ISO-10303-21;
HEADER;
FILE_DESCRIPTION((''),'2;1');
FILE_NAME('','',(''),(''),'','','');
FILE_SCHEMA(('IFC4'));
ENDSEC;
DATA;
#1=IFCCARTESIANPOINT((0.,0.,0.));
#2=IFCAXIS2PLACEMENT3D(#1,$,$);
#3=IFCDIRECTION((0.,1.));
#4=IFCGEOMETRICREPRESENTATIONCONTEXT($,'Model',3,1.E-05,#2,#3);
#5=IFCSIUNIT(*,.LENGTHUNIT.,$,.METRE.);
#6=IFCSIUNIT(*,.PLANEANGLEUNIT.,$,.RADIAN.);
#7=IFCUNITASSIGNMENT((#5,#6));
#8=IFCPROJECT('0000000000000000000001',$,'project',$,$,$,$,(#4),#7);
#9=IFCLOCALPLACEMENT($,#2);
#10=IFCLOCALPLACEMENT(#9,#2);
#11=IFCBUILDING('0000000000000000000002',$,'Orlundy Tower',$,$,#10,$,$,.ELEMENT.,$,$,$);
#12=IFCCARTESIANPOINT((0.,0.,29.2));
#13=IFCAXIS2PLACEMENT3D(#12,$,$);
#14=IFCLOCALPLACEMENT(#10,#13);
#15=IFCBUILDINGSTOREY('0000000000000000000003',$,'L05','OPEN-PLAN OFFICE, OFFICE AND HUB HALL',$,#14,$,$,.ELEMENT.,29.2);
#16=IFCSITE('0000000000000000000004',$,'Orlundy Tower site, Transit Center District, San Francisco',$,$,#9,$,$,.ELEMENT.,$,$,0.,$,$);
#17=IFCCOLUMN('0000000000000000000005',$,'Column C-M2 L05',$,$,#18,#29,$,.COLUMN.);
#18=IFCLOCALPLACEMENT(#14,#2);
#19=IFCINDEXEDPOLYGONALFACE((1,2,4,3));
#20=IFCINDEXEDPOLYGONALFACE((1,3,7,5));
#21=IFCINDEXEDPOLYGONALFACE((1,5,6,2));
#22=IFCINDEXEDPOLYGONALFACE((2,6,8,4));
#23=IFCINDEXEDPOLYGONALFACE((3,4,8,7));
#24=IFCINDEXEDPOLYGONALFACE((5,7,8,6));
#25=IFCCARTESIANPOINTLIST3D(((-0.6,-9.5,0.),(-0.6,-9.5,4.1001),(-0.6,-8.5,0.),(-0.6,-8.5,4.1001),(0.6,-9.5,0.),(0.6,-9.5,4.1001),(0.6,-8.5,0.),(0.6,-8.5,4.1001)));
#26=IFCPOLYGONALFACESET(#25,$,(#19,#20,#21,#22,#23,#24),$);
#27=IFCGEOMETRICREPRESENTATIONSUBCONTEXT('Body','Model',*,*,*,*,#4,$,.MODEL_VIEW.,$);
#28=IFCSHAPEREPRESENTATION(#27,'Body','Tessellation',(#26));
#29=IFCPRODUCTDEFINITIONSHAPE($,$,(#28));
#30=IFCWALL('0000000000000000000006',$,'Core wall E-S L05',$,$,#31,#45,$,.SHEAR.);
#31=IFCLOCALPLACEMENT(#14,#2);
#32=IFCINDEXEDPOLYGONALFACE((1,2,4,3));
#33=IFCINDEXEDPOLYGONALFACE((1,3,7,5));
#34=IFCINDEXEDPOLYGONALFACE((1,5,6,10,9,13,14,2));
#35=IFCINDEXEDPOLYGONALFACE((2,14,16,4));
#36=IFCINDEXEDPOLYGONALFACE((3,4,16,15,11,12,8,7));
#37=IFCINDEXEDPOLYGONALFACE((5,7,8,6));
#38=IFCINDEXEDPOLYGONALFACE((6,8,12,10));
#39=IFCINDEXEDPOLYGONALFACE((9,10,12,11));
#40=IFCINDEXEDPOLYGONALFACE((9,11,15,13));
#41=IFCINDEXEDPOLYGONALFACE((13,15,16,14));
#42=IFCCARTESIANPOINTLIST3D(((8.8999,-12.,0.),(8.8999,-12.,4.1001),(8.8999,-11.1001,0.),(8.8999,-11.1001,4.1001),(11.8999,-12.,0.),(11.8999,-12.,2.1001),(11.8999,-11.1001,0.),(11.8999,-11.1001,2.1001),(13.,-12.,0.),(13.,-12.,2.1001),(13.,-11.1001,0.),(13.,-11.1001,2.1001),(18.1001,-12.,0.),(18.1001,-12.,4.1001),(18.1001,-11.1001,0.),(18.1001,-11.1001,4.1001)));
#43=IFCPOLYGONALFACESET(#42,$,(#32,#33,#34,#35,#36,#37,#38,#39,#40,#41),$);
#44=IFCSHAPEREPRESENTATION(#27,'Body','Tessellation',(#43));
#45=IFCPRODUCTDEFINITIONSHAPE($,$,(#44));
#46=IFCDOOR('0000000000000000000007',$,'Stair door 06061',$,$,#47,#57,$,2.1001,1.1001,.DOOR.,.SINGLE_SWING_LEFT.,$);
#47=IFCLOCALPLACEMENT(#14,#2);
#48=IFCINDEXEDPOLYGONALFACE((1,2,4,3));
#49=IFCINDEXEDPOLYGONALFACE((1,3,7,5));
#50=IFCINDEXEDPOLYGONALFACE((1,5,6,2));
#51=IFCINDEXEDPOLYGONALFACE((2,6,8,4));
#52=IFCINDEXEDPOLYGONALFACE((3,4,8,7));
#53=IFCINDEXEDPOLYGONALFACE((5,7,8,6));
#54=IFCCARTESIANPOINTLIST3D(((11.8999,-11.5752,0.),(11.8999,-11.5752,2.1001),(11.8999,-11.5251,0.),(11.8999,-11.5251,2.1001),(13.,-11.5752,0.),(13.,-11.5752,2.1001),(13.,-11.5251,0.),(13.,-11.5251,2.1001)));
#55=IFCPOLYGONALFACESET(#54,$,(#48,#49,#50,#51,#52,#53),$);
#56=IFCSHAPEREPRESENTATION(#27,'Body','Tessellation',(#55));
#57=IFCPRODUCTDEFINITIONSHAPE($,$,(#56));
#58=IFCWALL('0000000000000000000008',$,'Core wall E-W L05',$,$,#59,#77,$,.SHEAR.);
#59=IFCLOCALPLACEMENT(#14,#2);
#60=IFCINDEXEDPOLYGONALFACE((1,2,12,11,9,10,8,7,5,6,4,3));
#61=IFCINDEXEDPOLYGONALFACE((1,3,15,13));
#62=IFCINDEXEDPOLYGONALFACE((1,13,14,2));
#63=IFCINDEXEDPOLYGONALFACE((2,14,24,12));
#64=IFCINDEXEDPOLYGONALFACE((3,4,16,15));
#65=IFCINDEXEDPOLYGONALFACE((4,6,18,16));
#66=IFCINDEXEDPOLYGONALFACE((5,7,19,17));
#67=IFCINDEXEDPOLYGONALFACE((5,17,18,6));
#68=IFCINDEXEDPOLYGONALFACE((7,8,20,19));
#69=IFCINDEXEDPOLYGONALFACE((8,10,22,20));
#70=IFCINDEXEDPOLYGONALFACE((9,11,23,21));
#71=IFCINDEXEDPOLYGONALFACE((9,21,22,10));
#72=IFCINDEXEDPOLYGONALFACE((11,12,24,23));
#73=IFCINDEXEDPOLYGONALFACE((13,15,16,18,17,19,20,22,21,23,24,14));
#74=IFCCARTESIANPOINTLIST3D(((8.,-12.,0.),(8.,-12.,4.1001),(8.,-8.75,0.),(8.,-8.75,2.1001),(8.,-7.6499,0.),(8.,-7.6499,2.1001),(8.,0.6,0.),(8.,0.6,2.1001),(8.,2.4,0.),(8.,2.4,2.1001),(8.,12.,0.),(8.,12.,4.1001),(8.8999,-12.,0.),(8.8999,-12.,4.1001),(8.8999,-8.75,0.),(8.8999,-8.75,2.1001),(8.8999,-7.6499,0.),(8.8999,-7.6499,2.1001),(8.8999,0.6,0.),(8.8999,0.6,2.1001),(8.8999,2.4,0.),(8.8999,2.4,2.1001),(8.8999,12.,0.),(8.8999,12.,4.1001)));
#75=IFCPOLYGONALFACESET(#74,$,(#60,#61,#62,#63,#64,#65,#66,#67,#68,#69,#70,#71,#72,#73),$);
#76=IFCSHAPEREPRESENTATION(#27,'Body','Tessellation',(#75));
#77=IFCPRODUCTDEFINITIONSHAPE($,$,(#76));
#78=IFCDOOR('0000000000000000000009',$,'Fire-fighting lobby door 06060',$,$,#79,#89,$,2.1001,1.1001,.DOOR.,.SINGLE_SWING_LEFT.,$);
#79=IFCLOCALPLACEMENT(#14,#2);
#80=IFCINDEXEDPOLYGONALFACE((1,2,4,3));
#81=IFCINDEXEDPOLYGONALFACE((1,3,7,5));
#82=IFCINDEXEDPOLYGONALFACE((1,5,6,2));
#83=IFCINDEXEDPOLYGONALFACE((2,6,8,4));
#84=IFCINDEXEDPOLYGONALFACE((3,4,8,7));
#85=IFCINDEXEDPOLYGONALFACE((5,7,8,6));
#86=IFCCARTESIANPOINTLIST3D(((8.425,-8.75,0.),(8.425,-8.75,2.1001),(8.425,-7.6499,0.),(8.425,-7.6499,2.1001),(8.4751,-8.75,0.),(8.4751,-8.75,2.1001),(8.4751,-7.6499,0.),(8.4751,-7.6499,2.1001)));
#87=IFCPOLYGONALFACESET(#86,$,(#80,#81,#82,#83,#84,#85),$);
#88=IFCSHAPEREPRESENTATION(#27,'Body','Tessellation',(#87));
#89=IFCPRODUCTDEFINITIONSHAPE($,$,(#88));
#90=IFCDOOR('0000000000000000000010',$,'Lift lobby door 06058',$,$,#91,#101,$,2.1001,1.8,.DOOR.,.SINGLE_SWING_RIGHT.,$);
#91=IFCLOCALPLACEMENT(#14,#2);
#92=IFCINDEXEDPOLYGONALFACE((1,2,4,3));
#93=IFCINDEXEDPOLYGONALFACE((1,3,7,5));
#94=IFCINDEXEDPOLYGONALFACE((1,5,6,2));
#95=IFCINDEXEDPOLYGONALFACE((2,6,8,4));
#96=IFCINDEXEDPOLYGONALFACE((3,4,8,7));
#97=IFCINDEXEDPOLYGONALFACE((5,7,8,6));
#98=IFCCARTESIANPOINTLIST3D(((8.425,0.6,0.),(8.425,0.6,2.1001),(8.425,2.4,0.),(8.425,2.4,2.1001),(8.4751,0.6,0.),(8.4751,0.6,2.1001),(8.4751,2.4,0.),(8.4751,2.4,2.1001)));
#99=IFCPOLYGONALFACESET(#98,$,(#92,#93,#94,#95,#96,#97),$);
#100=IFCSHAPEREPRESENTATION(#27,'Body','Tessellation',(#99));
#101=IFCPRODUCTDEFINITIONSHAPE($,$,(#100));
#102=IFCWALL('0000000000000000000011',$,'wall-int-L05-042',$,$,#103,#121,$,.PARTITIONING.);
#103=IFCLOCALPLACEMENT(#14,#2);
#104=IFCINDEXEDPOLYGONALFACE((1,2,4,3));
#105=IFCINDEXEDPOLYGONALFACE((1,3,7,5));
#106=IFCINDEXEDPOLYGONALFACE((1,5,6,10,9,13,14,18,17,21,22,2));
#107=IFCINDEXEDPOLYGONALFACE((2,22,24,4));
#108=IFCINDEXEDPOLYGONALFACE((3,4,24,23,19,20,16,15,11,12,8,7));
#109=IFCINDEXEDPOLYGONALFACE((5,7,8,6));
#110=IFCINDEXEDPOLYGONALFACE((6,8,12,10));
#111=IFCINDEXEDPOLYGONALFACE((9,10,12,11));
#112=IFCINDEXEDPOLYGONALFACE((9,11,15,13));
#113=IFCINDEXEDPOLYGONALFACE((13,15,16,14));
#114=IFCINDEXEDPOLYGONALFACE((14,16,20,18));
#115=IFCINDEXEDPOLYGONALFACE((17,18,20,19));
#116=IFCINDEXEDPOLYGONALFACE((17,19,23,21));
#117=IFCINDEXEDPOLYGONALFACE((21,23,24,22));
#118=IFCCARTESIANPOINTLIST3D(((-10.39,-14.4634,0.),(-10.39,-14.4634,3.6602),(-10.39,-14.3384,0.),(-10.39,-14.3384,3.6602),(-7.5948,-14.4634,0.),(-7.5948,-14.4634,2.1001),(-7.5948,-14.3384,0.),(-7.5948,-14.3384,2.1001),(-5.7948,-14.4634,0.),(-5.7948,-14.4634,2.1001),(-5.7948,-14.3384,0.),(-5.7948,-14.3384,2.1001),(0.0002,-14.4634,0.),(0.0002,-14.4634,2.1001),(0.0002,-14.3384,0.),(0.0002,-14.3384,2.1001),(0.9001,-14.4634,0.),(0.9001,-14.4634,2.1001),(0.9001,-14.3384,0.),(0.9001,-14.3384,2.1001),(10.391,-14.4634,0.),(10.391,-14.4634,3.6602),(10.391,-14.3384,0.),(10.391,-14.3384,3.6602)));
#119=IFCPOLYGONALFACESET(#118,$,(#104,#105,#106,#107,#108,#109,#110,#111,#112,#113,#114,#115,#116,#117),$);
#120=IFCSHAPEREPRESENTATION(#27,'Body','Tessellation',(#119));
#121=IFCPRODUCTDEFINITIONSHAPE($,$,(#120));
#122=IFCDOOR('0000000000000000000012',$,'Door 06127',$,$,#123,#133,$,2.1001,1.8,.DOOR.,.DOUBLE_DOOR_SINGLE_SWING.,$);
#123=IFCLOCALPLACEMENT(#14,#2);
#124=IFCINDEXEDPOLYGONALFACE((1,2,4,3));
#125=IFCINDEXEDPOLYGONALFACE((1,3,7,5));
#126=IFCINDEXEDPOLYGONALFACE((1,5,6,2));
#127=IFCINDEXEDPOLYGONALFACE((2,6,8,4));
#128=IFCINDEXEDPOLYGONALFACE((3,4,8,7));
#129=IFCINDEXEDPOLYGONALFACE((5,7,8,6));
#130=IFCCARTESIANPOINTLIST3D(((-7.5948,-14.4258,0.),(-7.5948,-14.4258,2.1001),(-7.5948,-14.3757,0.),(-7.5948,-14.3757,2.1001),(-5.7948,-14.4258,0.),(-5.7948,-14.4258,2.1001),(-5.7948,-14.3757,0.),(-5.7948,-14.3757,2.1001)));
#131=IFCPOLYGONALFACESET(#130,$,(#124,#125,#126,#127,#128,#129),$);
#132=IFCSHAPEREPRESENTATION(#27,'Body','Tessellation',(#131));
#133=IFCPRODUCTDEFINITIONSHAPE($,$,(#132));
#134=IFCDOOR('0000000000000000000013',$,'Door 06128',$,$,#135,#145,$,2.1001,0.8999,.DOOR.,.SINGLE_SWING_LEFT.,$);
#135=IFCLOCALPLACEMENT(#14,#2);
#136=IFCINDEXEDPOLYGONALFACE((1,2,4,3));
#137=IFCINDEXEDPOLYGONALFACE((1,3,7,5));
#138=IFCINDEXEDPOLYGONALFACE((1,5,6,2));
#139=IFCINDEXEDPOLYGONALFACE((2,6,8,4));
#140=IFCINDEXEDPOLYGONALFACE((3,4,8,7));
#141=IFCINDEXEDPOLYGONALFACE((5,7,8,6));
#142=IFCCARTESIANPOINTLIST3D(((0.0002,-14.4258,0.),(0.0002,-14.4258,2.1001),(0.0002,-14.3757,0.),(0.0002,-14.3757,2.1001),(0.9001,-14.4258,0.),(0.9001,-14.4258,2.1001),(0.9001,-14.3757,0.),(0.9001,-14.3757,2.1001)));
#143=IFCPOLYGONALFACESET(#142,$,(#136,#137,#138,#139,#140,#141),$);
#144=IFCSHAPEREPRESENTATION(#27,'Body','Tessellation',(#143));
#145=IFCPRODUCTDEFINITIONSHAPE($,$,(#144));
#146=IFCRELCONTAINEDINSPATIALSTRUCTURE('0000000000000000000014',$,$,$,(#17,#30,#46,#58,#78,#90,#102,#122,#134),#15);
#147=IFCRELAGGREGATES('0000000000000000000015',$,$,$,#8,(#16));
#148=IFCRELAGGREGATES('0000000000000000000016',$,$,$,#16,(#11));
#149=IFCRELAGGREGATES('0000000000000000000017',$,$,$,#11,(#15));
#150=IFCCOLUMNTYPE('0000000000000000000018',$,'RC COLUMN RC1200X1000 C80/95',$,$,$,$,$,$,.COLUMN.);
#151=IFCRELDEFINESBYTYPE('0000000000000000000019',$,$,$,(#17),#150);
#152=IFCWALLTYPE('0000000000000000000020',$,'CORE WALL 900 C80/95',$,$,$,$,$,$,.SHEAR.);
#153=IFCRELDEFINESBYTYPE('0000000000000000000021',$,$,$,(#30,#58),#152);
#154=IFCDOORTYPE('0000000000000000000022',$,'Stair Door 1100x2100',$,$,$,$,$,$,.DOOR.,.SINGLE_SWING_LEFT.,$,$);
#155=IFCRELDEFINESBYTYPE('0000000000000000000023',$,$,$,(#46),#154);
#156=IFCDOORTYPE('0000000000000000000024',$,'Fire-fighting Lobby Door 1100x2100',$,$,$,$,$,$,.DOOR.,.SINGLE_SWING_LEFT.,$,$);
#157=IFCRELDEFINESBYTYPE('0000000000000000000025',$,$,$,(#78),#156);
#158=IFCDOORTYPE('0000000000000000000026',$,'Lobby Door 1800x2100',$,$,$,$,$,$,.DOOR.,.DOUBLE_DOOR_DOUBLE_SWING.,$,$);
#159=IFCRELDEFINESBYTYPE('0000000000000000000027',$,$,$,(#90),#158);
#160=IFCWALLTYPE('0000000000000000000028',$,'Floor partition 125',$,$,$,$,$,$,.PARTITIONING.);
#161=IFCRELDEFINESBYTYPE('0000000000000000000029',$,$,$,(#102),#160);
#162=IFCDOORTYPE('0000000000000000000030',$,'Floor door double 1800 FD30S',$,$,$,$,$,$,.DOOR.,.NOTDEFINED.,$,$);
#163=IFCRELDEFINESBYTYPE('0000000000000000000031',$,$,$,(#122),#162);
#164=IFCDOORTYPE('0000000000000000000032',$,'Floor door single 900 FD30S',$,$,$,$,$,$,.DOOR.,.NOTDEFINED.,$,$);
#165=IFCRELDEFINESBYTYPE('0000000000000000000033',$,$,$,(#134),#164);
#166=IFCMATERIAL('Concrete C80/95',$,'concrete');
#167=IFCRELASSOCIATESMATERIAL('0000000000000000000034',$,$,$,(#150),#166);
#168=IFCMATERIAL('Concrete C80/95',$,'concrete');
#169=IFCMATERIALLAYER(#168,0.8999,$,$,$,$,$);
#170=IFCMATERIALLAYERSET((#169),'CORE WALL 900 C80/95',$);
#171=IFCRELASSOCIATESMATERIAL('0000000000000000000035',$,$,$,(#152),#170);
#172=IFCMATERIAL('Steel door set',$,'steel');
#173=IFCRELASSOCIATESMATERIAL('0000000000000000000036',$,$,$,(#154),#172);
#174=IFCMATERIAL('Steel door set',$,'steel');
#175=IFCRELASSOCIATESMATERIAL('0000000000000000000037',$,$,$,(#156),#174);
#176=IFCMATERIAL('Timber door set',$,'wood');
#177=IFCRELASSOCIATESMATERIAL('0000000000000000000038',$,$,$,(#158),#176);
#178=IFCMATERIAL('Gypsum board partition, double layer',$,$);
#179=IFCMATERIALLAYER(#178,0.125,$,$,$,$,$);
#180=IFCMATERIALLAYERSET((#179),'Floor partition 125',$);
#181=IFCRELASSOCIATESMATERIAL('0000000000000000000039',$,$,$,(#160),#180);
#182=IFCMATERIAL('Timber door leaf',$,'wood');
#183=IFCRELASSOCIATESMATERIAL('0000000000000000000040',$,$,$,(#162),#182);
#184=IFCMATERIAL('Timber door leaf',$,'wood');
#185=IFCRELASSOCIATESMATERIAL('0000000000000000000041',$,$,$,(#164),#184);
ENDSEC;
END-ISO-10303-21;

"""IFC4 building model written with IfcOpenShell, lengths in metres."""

from ifc_helpers import new_model, si_unit, direction, frame, frame_2d, origin, origin_2d, place, context, subcontext, project, spatial, rectangle, extrude, material, layer, layer_set, material_profile, profile_set, type_object, element, fill, save


model = new_model("IFC4")

# Units and contexts
model_context = context("Model", 3, precision=1e-05, world=origin(), true_north=direction((0.0, 1.0)))
body_context = subcontext(model_context, "Body", "Model", "MODEL_VIEW")
ifc_project = project(units=[si_unit("LENGTHUNIT", "METRE"), si_unit("PLANEANGLEUNIT", "RADIAN")], contexts=[model_context])

# Site, building, storey
site_placement = place(None, origin())
site = spatial("IfcSite", under=ifc_project, at=site_placement, Name="Orlundy Tower site, Transit Center District, San Francisco", CompositionType="ELEMENT", RefElevation=0.0)
building_placement = place(site_placement, origin())
building = spatial("IfcBuilding", under=site, at=building_placement, Name="Orlundy Tower", CompositionType="ELEMENT")
storey_placement = place(building_placement, frame((0.0, 0.0, 29.2)))
storey = spatial("IfcBuildingStorey", under=building, at=storey_placement, Name="L05", Description="OPEN-PLAN OFFICE, OFFICE AND HUB HALL", CompositionType="ELEMENT", Elevation=29.2)

# Column
ifc_material_1 = material(Name="Concrete C80/95", Category="concrete")
ifc_material_profile = material_profile(ifc_material_1, rectangle(XDim=1.2, YDim=1.0, at=origin_2d()), Name="RC1200X1000")
ifc_profile_set = profile_set([ifc_material_profile], Name="Concrete C80/95")
column_type = type_object("IfcColumnType", Name="RC COLUMN RC1200X1000 C80/95", PredefinedType="COLUMN", material=ifc_profile_set)
column_placement = place(storey_placement, frame((0.0, -9.0, 0.0), z_axis=(0.0, 0.0, 1.0), x_axis=(1.0, 0.0, 0.0)))
element("IfcColumn", 1, at=column_placement, inside=storey, type_object=column_type, Name="Column C-M2 L05", PredefinedType="COLUMN", context=body_context, shape_type="SweptSolid", body=[
    extrude(rectangle(XDim=1.2, YDim=1.0, at=origin_2d()), origin(), (0.0, 0.0, 1.0), 4.1001),
])

# Wall, opening, door
ifc_material_2 = material(Name="Concrete C80/95", Category="concrete")
ifc_layer_1 = layer(ifc_material_2, 0.8999)
ifc_layer_set_1 = layer_set([ifc_layer_1], Name="CORE WALL 900 C80/95")
wall_type_1 = type_object("IfcWallType", Name="CORE WALL 900 C80/95", PredefinedType="SHEAR", material=ifc_layer_set_1)
wall_1_placement = place(storey_placement, frame((8.8999, -11.55, 0.0), z_axis=(0.0, 0.0, 1.0), x_axis=(1.0, 0.0, 0.0)))
wall_1 = element("IfcWall", 2, at=wall_1_placement, inside=storey, type_object=wall_type_1, Name="Core wall E-S L05", PredefinedType="SHEAR", context=body_context, shape_type="SweptSolid", body=[
    extrude(rectangle(XDim=9.2002, YDim=0.8999, at=frame_2d((4.6001, 0.0))), origin(), (0.0, 0.0, 1.0), 4.1001),
])
opening_1_placement = place(wall_1_placement, frame((3.0, 0.0, 0.0)))
opening_1 = element("IfcOpeningElement", 3, at=opening_1_placement, cuts=wall_1, PredefinedType="OPENING", context=body_context, shape_type="SweptSolid", body=[
    extrude(rectangle(XDim=1.1001, YDim=2.1001, at=frame_2d((0.55, 1.05))), frame((0.0, 0.46, 0.0), z_axis=(0.0, -1.0, 0.0), x_axis=(1.0, 0.0, 0.0)), (0.0, 0.0, 1.0), 0.9199),
])
ifc_material_3 = material(Name="Steel door set", Category="steel")
door_type_1 = type_object("IfcDoorType", Name="Stair Door 1100x2100", OperationType="SINGLE_SWING_LEFT", PredefinedType="DOOR", material=ifc_material_3)
door_1_placement = place(opening_1_placement, origin())
door_1 = element("IfcDoor", 4, at=door_1_placement, inside=storey, type_object=door_type_1, Name="Stair door 06061", OperationType="SINGLE_SWING_LEFT", OverallHeight=2.1001, OverallWidth=1.1001, PredefinedType="DOOR", context=body_context, shape_type="SweptSolid", body=[
    extrude(rectangle(XDim=1.1001, YDim=2.1001, at=frame_2d((0.55, 1.05))), frame((0.0, 0.0249, 0.0), z_axis=(0.0, -1.0, 0.0), x_axis=(1.0, 0.0, 0.0)), (0.0, 0.0, 1.0), 0.05),
])
fill(opening_1, door_1)

# Walls, openings, doors
wall_2_placement = place(storey_placement, frame((8.45, -12.0, 0.0), z_axis=(0.0, 0.0, 1.0), x_axis=(0.0, 1.0, 0.0)))
wall_2 = element("IfcWall", 5, at=wall_2_placement, inside=storey, type_object=wall_type_1, Name="Core wall E-W L05", PredefinedType="SHEAR", context=body_context, shape_type="SweptSolid", body=[
    extrude(rectangle(XDim=24.0, YDim=0.8999, at=frame_2d((12.0, 0.0))), origin(), (0.0, 0.0, 1.0), 4.1001),
])
opening_2_placement = place(wall_2_placement, frame((12.6001, 0.0, 0.0)))
opening_2 = element("IfcOpeningElement", 6, at=opening_2_placement, cuts=wall_2, PredefinedType="OPENING", context=body_context, shape_type="SweptSolid", body=[
    extrude(rectangle(XDim=1.8, YDim=2.1001, at=frame_2d((0.8999, 1.05))), frame((0.0, 0.46, 0.0), z_axis=(0.0, -1.0, 0.0), x_axis=(1.0, 0.0, 0.0)), (0.0, 0.0, 1.0), 0.9199),
])
opening_3_placement = place(wall_2_placement, frame((3.25, 0.0, 0.0)))
opening_3 = element("IfcOpeningElement", 7, at=opening_3_placement, cuts=wall_2, PredefinedType="OPENING", context=body_context, shape_type="SweptSolid", body=[
    extrude(rectangle(XDim=1.1001, YDim=2.1001, at=frame_2d((0.55, 1.05))), frame((0.0, 0.46, 0.0), z_axis=(0.0, -1.0, 0.0), x_axis=(1.0, 0.0, 0.0)), (0.0, 0.0, 1.0), 0.9199),
])
ifc_material_4 = material(Name="Steel door set", Category="steel")
door_type_2 = type_object("IfcDoorType", Name="Fire-fighting Lobby Door 1100x2100", OperationType="SINGLE_SWING_LEFT", PredefinedType="DOOR", material=ifc_material_4)
door_2_placement = place(opening_3_placement, origin())
door_2 = element("IfcDoor", 8, at=door_2_placement, inside=storey, type_object=door_type_2, Name="Fire-fighting lobby door 06060", OperationType="SINGLE_SWING_LEFT", OverallHeight=2.1001, OverallWidth=1.1001, PredefinedType="DOOR", context=body_context, shape_type="SweptSolid", body=[
    extrude(rectangle(XDim=1.1001, YDim=2.1001, at=frame_2d((0.55, 1.05))), frame((0.0, 0.0249, 0.0), z_axis=(0.0, -1.0, 0.0), x_axis=(1.0, 0.0, 0.0)), (0.0, 0.0, 1.0), 0.05),
])
fill(opening_3, door_2)
ifc_material_5 = material(Name="Timber door set", Category="wood")
door_type_3 = type_object("IfcDoorType", Name="Lobby Door 1800x2100", OperationType="DOUBLE_DOOR_DOUBLE_SWING", PredefinedType="DOOR", material=ifc_material_5)
door_3_placement = place(opening_2_placement, origin())
door_3 = element("IfcDoor", 9, at=door_3_placement, inside=storey, type_object=door_type_3, Name="Lift lobby door 06058", OperationType="SINGLE_SWING_RIGHT", OverallHeight=2.1001, OverallWidth=1.8, PredefinedType="DOOR", context=body_context, shape_type="SweptSolid", body=[
    extrude(rectangle(XDim=1.8, YDim=2.1001, at=frame_2d((0.8999, 1.05))), frame((0.0, 0.0249, 0.0), z_axis=(0.0, -1.0, 0.0), x_axis=(1.0, 0.0, 0.0)), (0.0, 0.0, 1.0), 0.05),
])
fill(opening_2, door_3)
ifc_material_6 = material(Name="Gypsum board partition, double layer")
ifc_layer_2 = layer(ifc_material_6, 0.125)
ifc_layer_set_2 = layer_set([ifc_layer_2], Name="Floor partition 125")
wall_type_2 = type_object("IfcWallType", Name="Floor partition 125", PredefinedType="PARTITIONING", material=ifc_layer_set_2)
wall_3_placement = place(storey_placement, frame((10.3911, -14.4009, 0.0), z_axis=(0.0, 0.0, 1.0), x_axis=(-1.0, 0.0, 0.0)))
wall_3 = element("IfcWall", 10, at=wall_3_placement, inside=storey, type_object=wall_type_2, Name="wall-int-L05-042", PredefinedType="PARTITIONING", context=body_context, shape_type="SweptSolid", body=[
    extrude(rectangle(XDim=20.781, YDim=0.125, at=frame_2d((10.3906, 0.0))), origin(), (0.0, 0.0, 1.0), 3.6602),
])
opening_4_placement = place(wall_3_placement, frame((16.186, 0.0, 0.0)))
opening_4 = element("IfcOpeningElement", 11, at=opening_4_placement, cuts=wall_3, PredefinedType="OPENING", context=body_context, shape_type="SweptSolid", body=[
    extrude(rectangle(XDim=1.8, YDim=2.1001, at=frame_2d((0.8999, 1.05))), frame((0.0, 0.0725, 0.0), z_axis=(0.0, -1.0, 0.0), x_axis=(1.0, 0.0, 0.0)), (0.0, 0.0, 1.0), 0.145),
])
opening_5_placement = place(wall_3_placement, frame((9.491, 0.0, 0.0)))
opening_5 = element("IfcOpeningElement", 12, at=opening_5_placement, cuts=wall_3, PredefinedType="OPENING", context=body_context, shape_type="SweptSolid", body=[
    extrude(rectangle(XDim=0.8999, YDim=2.1001, at=frame_2d((0.45, 1.05))), frame((0.0, 0.0725, 0.0), z_axis=(0.0, -1.0, 0.0), x_axis=(1.0, 0.0, 0.0)), (0.0, 0.0, 1.0), 0.145),
])
ifc_material_7 = material(Name="Timber door leaf", Category="wood")
door_type_4 = type_object("IfcDoorType", Name="Floor door double 1800 FD30S", OperationType="NOTDEFINED", PredefinedType="DOOR", material=ifc_material_7)
door_4_placement = place(opening_4_placement, origin())
door_4 = element("IfcDoor", 13, at=door_4_placement, inside=storey, type_object=door_type_4, Name="Door 06127", OperationType="DOUBLE_DOOR_SINGLE_SWING", OverallHeight=2.1001, OverallWidth=1.8, PredefinedType="DOOR", context=body_context, shape_type="SweptSolid", body=[
    extrude(rectangle(XDim=1.8, YDim=2.1001, at=frame_2d((0.8999, 1.05))), frame((0.0, 0.0249, 0.0), z_axis=(0.0, -1.0, 0.0), x_axis=(1.0, 0.0, 0.0)), (0.0, 0.0, 1.0), 0.05),
])
fill(opening_4, door_4)
ifc_material_8 = material(Name="Timber door leaf", Category="wood")
door_type_5 = type_object("IfcDoorType", Name="Floor door single 900 FD30S", OperationType="NOTDEFINED", PredefinedType="DOOR", material=ifc_material_8)
door_5_placement = place(opening_5_placement, origin())
door_5 = element("IfcDoor", 14, at=door_5_placement, inside=storey, type_object=door_type_5, Name="Door 06128", OperationType="SINGLE_SWING_LEFT", OverallHeight=2.1001, OverallWidth=0.8999, PredefinedType="DOOR", context=body_context, shape_type="SweptSolid", body=[
    extrude(rectangle(XDim=0.8999, YDim=2.1001, at=frame_2d((0.45, 1.05))), frame((0.0, 0.0249, 0.0), z_axis=(0.0, -1.0, 0.0), x_axis=(1.0, 0.0, 0.0)), (0.0, 0.0, 1.0), 0.05),
])
fill(opening_5, door_5)

save(model, "model.ifc")
